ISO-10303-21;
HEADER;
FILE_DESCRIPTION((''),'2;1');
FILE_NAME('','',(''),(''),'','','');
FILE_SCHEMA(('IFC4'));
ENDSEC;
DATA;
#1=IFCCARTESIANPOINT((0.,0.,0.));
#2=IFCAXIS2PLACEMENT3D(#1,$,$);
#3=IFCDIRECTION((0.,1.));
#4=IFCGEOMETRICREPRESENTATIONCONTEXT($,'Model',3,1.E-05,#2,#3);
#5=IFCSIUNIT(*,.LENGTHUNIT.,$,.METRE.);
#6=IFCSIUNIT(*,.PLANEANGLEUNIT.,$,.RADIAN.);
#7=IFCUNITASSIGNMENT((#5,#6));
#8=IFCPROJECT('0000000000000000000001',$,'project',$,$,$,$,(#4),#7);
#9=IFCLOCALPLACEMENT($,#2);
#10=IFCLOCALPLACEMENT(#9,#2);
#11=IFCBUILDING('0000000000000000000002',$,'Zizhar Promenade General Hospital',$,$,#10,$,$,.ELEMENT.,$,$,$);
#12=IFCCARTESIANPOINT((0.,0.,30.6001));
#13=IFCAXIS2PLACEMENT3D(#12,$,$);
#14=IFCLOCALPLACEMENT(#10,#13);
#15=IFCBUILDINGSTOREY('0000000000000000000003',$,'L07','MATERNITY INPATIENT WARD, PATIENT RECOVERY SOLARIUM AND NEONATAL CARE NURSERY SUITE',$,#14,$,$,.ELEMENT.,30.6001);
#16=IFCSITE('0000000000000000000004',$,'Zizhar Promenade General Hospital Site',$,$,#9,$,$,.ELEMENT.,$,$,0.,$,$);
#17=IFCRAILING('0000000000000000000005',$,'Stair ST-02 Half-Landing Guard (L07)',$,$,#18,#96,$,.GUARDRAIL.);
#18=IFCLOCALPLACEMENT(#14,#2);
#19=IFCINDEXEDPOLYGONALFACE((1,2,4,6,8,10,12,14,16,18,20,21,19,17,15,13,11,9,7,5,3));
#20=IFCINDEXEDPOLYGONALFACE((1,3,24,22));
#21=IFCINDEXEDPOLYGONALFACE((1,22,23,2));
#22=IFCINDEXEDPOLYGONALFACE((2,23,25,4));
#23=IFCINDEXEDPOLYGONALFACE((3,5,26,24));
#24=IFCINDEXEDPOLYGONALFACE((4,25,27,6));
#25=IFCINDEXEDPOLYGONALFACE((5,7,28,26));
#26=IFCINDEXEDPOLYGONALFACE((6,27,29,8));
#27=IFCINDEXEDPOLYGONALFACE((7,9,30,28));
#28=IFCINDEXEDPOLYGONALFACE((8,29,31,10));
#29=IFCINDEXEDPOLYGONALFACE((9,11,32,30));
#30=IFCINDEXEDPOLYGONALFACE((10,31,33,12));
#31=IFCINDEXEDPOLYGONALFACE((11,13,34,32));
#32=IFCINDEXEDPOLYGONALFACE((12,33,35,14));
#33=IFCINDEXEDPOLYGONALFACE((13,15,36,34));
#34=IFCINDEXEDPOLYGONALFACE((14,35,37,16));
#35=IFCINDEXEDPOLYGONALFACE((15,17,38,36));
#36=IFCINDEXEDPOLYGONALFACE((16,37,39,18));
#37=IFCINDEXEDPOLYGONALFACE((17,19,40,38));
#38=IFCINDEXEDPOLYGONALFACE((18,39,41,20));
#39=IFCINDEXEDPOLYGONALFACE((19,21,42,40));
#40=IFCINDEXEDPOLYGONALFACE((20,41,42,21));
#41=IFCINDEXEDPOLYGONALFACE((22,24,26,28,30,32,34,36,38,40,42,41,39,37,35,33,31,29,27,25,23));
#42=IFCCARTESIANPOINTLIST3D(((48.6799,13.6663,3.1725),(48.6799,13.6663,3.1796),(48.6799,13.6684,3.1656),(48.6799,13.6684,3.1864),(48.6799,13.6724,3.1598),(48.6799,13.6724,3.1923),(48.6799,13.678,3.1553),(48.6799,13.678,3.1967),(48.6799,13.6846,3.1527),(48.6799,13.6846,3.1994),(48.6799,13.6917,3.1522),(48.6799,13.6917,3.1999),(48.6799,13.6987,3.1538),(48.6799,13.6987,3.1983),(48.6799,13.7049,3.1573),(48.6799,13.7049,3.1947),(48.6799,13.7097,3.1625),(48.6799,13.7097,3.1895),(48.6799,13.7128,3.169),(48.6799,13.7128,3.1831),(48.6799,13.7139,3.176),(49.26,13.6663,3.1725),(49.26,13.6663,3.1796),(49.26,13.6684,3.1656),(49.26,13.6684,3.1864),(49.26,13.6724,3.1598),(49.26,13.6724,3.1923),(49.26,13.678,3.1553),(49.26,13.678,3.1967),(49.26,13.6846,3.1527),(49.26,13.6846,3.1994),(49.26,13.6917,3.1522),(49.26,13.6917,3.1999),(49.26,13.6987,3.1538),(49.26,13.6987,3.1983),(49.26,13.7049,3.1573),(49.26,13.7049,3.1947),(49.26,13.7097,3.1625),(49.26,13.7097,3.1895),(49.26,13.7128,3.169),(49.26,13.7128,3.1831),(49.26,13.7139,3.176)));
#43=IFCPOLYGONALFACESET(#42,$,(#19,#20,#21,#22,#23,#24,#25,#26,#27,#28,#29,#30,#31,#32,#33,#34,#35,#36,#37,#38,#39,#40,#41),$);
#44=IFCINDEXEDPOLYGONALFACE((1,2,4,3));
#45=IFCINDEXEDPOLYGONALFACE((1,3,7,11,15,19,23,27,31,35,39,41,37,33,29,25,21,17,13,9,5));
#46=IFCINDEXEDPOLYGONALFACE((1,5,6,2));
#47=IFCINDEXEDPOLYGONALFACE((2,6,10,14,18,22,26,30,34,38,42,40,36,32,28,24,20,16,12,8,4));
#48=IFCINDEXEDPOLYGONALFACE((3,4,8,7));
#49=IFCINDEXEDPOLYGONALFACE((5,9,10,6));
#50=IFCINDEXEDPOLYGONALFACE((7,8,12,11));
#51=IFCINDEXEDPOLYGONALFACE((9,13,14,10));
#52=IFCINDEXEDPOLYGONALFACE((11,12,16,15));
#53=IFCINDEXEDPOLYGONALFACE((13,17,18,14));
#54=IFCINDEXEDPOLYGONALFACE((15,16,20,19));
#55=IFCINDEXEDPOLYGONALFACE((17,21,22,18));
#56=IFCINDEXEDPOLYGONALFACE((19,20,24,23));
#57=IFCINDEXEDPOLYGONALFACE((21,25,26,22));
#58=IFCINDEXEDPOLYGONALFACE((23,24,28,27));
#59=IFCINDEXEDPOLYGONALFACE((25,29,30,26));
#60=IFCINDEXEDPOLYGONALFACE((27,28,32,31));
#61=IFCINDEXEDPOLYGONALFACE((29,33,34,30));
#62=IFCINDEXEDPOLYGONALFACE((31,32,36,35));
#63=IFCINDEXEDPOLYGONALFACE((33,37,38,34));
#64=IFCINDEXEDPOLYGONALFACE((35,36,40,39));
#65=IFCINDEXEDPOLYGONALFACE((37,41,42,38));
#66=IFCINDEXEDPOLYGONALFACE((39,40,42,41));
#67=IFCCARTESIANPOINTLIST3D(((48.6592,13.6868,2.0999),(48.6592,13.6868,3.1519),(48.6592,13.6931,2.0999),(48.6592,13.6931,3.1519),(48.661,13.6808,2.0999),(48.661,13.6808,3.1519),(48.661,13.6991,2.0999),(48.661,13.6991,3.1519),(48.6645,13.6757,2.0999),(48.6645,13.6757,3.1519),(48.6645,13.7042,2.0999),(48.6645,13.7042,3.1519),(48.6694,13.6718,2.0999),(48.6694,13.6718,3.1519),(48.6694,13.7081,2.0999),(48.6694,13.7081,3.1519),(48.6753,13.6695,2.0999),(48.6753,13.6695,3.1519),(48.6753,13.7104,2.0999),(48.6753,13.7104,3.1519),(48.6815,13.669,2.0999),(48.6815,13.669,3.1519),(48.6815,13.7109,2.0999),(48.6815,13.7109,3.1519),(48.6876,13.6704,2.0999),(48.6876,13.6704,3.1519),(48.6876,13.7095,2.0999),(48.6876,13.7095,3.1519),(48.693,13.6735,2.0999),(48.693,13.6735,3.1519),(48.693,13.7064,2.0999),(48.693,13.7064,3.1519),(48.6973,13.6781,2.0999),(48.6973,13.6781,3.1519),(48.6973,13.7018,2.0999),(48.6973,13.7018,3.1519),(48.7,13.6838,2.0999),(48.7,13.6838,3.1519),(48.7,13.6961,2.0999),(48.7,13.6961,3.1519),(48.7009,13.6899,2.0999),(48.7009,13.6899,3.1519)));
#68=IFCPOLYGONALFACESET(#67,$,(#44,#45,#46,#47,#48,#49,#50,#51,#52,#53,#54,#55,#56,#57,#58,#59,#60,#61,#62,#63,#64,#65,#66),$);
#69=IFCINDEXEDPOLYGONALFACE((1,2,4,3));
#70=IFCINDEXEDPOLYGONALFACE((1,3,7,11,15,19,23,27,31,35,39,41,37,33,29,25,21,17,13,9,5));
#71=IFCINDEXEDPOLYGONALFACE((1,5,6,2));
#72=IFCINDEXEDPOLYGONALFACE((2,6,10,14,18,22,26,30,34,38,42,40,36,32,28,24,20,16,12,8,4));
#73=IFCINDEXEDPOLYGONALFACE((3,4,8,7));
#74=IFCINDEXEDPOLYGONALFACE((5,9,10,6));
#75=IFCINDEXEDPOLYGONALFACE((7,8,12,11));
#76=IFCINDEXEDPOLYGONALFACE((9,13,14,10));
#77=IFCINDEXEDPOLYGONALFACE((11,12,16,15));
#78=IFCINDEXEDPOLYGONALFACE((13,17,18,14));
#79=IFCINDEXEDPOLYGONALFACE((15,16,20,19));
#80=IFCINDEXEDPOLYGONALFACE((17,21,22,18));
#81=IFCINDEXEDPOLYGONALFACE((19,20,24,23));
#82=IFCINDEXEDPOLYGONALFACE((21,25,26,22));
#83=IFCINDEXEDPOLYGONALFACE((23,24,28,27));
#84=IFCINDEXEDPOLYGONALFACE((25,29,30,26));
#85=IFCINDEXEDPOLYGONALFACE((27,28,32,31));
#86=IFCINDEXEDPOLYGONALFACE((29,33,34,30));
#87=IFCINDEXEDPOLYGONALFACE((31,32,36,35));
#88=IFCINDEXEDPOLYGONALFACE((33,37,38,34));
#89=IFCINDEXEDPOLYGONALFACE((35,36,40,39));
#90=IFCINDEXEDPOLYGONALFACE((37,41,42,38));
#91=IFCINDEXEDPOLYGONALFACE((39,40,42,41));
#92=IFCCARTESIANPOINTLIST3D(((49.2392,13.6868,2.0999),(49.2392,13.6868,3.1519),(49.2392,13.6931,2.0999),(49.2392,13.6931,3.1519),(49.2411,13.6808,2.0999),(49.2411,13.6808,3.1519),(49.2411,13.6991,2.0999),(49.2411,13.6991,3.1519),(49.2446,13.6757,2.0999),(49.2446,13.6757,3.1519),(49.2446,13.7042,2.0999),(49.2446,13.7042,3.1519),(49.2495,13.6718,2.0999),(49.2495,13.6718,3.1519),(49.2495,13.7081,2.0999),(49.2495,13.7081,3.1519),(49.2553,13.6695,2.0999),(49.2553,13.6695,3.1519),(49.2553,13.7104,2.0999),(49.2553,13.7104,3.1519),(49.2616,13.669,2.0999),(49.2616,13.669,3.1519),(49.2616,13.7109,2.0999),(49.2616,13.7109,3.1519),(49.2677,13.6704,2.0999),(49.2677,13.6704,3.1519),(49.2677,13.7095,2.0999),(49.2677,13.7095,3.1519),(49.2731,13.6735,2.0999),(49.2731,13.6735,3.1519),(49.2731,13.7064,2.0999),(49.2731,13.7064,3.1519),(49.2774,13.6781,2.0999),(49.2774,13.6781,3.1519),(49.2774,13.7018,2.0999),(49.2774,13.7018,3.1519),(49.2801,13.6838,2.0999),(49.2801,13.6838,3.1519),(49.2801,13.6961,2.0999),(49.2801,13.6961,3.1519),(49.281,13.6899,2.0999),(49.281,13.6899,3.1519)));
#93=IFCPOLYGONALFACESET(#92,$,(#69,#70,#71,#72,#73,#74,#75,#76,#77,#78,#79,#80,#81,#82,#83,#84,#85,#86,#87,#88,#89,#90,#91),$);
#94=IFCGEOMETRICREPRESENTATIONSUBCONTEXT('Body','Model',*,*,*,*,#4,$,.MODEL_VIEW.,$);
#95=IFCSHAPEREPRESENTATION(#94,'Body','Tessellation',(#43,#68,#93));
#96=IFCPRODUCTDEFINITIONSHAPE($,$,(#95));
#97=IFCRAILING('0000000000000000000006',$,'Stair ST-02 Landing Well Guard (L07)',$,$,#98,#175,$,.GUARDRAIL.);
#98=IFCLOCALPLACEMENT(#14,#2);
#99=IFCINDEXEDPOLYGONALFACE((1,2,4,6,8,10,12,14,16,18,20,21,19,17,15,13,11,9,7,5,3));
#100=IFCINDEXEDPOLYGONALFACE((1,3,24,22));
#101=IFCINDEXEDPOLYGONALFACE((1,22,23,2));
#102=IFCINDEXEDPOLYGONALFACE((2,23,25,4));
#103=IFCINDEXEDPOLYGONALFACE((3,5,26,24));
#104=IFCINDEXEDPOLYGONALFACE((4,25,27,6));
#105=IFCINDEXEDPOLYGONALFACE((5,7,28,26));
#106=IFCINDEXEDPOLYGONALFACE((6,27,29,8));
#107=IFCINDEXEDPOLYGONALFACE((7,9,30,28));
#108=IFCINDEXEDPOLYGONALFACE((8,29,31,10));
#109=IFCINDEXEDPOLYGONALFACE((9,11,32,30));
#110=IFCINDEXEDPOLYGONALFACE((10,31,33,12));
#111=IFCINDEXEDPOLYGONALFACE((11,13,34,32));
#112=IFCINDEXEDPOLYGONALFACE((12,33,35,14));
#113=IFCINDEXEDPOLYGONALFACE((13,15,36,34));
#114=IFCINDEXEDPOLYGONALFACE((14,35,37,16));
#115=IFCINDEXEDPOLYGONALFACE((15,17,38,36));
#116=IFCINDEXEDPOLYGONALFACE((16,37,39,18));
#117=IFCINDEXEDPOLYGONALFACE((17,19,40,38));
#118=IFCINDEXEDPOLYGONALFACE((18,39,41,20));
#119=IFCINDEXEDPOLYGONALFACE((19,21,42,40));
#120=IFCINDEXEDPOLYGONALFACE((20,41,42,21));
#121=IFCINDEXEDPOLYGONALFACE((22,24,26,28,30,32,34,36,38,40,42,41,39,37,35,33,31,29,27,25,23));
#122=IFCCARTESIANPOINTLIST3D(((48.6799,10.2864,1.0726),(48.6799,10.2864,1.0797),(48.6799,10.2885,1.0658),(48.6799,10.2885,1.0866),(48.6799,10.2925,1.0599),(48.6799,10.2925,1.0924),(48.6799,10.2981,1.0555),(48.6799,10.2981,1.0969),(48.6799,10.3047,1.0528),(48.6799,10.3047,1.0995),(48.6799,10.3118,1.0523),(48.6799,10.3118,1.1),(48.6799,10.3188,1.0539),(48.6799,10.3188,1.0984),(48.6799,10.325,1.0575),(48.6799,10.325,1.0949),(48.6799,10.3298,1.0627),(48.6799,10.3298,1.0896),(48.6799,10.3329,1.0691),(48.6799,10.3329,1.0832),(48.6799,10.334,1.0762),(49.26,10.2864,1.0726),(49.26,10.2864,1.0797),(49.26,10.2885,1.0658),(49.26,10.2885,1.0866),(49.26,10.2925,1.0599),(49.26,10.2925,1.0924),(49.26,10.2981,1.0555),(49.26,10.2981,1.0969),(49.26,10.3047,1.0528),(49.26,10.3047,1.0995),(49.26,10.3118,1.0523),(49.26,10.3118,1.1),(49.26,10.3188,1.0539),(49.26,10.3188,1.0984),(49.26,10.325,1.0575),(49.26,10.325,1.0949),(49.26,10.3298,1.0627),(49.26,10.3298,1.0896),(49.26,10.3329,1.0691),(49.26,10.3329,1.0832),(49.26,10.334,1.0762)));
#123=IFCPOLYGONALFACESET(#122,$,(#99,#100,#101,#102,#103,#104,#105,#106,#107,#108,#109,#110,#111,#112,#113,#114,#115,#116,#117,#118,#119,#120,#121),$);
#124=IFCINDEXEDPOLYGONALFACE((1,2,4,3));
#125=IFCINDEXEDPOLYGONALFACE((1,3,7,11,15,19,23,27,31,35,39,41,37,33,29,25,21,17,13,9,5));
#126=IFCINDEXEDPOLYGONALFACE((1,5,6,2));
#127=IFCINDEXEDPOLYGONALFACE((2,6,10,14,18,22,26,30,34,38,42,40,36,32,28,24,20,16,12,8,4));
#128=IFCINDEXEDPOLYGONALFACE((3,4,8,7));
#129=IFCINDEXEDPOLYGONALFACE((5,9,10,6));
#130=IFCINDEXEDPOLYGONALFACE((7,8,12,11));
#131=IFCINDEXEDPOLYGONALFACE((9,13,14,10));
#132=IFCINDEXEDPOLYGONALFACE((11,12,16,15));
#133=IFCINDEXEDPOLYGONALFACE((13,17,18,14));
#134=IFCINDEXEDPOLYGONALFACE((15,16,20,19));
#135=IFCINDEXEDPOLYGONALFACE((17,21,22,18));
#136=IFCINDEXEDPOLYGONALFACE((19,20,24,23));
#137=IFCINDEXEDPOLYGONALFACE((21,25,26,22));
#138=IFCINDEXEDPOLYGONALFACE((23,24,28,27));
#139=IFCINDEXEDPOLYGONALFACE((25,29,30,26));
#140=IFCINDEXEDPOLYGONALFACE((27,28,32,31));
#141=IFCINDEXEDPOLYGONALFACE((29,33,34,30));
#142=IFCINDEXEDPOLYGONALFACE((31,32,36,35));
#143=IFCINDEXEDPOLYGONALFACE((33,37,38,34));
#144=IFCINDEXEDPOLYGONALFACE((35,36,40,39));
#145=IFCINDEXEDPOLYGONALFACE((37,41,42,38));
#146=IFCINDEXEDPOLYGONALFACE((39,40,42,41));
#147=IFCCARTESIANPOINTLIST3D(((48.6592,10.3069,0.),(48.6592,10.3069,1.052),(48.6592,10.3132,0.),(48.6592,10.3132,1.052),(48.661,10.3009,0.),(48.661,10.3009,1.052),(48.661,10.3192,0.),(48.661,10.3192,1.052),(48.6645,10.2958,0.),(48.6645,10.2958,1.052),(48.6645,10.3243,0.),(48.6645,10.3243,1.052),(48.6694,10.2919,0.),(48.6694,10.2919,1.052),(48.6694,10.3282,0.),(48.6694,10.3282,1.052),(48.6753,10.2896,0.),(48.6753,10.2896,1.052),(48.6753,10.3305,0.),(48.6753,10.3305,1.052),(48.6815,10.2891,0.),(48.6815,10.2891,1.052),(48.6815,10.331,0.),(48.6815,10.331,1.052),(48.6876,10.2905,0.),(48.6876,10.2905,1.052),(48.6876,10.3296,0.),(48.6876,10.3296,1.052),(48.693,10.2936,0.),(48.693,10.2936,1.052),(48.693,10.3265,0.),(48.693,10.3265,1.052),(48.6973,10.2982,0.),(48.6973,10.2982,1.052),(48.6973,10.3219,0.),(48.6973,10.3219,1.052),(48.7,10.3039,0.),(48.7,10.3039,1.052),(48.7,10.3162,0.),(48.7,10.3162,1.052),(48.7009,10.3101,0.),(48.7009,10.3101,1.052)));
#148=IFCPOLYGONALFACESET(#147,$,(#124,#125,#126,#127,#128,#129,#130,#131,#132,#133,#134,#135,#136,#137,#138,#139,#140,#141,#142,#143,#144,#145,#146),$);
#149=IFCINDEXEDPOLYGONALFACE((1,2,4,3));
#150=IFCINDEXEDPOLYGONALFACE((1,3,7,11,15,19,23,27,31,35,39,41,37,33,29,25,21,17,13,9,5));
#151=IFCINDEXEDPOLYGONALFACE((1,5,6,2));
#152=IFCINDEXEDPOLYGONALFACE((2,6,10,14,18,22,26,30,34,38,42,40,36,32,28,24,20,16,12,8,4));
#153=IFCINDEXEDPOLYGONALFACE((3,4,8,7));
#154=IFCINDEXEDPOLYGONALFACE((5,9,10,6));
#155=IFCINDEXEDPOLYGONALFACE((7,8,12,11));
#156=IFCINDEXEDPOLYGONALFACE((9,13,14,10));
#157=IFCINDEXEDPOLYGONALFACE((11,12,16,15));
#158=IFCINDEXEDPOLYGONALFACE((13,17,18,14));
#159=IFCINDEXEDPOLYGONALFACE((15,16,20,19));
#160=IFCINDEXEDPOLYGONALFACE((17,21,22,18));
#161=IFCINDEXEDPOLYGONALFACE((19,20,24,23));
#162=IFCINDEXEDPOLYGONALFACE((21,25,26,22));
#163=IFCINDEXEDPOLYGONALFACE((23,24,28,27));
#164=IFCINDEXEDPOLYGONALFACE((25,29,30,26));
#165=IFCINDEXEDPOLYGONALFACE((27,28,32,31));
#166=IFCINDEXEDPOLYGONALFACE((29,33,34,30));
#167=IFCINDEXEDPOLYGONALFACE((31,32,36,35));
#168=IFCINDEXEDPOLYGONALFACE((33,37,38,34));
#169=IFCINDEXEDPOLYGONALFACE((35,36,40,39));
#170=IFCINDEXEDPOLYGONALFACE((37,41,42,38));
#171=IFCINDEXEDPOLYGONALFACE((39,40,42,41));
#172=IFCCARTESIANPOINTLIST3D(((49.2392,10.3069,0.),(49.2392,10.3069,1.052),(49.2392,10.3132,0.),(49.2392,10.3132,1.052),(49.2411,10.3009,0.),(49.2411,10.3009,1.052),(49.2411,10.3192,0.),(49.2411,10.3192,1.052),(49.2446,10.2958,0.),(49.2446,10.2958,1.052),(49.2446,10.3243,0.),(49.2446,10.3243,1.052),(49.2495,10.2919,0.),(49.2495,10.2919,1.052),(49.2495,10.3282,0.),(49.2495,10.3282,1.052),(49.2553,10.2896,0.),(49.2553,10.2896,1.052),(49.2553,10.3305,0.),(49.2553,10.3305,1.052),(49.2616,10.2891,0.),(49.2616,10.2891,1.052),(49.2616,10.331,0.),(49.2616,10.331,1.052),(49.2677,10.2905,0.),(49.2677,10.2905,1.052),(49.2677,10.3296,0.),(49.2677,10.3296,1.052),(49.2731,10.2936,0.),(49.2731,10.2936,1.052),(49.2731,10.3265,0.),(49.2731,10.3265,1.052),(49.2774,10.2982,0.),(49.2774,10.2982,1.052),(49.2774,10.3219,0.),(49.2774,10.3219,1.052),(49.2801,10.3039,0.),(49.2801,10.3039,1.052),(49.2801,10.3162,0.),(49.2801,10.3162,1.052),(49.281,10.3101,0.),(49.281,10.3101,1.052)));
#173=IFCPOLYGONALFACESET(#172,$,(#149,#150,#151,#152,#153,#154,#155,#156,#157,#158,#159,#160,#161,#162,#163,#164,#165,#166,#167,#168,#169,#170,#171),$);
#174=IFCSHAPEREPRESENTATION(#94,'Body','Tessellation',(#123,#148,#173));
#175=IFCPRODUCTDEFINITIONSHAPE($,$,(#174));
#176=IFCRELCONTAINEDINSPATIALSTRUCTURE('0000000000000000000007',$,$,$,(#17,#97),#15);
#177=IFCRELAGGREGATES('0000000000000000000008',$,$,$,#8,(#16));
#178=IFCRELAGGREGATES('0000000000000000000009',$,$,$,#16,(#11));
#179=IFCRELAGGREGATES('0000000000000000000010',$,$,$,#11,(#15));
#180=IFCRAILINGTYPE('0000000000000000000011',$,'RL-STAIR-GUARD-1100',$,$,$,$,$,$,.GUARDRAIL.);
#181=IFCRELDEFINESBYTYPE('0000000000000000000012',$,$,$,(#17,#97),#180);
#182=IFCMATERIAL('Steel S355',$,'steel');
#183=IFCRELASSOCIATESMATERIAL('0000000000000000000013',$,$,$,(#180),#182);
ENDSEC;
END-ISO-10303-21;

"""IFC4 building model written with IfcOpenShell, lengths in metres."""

from ifc_helpers import new_model, si_unit, direction, frame, origin, origin_2d, place, context, subcontext, project, spatial, circle, hollow_circle, extrude, material, material_profile, profile_set, type_object, element, save


model = new_model("IFC4")

# Units and contexts
model_context = context("Model", 3, precision=1e-05, world=origin(), true_north=direction((0.0, 1.0)))
body_context = subcontext(model_context, "Body", "Model", "MODEL_VIEW")
ifc_project = project(units=[si_unit("LENGTHUNIT", "METRE"), si_unit("PLANEANGLEUNIT", "RADIAN")], contexts=[model_context])

# Site, building, storey
site_placement = place(None, origin())
site = spatial("IfcSite", under=ifc_project, at=site_placement, Name="Zizhar Promenade General Hospital Site", CompositionType="ELEMENT", RefElevation=0.0)
building_placement = place(site_placement, origin())
building = spatial("IfcBuilding", under=site, at=building_placement, Name="Zizhar Promenade General Hospital", CompositionType="ELEMENT")
storey_placement = place(building_placement, frame((0.0, 0.0, 30.6001)))
storey = spatial("IfcBuildingStorey", under=building, at=storey_placement, Name="L07", Description="MATERNITY INPATIENT WARD, PATIENT RECOVERY SOLARIUM AND NEONATAL CARE NURSERY SUITE", CompositionType="ELEMENT", Elevation=30.6001)

# Railings
ifc_material_1 = material(Name="Steel S355", Category="steel")
ifc_material_profile_1 = material_profile(ifc_material_1, hollow_circle(Radius=0.0698, WallThickness=0.0063, at=origin_2d()))
ifc_profile_set_1 = profile_set([ifc_material_profile_1], Name="Steel S355")
railing_type_1 = type_object("IfcRailingType", Name="RL-STAIR-GUARD-1100", PredefinedType="GUARDRAIL", material=ifc_profile_set_1)
for number, where, name in (
    (1, (48.6799, 13.6899, 2.0999), "Stair ST-02 Half-Landing Guard (L07)"),
    (2, (48.6799, 10.3101, 0.0), "Stair ST-02 Landing Well Guard (L07)"),
):
    element("IfcRailing", number, at=place(storey_placement, frame(where)), inside=storey, type_object=railing_type_1, Name=name, PredefinedType="GUARDRAIL", context=body_context, shape_type="SweptSolid", body=[
        extrude(circle(Radius=0.0239, at=origin_2d()), frame((0.0, 0.0, 1.0762), z_axis=(1.0, 0.0, 0.0), x_axis=(0.0, 1.0, 0.0)), (0.0, 0.0, 1.0), 0.5801),
        extrude(circle(Radius=0.021, at=origin_2d()), origin(), (0.0, 0.0, 1.0), 1.052),
        extrude(circle(Radius=0.021, at=origin_2d()), frame((0.5801, 0.0, 0.0)), (0.0, 0.0, 1.0), 1.052),
    ])

save(model, "model.ifc")
